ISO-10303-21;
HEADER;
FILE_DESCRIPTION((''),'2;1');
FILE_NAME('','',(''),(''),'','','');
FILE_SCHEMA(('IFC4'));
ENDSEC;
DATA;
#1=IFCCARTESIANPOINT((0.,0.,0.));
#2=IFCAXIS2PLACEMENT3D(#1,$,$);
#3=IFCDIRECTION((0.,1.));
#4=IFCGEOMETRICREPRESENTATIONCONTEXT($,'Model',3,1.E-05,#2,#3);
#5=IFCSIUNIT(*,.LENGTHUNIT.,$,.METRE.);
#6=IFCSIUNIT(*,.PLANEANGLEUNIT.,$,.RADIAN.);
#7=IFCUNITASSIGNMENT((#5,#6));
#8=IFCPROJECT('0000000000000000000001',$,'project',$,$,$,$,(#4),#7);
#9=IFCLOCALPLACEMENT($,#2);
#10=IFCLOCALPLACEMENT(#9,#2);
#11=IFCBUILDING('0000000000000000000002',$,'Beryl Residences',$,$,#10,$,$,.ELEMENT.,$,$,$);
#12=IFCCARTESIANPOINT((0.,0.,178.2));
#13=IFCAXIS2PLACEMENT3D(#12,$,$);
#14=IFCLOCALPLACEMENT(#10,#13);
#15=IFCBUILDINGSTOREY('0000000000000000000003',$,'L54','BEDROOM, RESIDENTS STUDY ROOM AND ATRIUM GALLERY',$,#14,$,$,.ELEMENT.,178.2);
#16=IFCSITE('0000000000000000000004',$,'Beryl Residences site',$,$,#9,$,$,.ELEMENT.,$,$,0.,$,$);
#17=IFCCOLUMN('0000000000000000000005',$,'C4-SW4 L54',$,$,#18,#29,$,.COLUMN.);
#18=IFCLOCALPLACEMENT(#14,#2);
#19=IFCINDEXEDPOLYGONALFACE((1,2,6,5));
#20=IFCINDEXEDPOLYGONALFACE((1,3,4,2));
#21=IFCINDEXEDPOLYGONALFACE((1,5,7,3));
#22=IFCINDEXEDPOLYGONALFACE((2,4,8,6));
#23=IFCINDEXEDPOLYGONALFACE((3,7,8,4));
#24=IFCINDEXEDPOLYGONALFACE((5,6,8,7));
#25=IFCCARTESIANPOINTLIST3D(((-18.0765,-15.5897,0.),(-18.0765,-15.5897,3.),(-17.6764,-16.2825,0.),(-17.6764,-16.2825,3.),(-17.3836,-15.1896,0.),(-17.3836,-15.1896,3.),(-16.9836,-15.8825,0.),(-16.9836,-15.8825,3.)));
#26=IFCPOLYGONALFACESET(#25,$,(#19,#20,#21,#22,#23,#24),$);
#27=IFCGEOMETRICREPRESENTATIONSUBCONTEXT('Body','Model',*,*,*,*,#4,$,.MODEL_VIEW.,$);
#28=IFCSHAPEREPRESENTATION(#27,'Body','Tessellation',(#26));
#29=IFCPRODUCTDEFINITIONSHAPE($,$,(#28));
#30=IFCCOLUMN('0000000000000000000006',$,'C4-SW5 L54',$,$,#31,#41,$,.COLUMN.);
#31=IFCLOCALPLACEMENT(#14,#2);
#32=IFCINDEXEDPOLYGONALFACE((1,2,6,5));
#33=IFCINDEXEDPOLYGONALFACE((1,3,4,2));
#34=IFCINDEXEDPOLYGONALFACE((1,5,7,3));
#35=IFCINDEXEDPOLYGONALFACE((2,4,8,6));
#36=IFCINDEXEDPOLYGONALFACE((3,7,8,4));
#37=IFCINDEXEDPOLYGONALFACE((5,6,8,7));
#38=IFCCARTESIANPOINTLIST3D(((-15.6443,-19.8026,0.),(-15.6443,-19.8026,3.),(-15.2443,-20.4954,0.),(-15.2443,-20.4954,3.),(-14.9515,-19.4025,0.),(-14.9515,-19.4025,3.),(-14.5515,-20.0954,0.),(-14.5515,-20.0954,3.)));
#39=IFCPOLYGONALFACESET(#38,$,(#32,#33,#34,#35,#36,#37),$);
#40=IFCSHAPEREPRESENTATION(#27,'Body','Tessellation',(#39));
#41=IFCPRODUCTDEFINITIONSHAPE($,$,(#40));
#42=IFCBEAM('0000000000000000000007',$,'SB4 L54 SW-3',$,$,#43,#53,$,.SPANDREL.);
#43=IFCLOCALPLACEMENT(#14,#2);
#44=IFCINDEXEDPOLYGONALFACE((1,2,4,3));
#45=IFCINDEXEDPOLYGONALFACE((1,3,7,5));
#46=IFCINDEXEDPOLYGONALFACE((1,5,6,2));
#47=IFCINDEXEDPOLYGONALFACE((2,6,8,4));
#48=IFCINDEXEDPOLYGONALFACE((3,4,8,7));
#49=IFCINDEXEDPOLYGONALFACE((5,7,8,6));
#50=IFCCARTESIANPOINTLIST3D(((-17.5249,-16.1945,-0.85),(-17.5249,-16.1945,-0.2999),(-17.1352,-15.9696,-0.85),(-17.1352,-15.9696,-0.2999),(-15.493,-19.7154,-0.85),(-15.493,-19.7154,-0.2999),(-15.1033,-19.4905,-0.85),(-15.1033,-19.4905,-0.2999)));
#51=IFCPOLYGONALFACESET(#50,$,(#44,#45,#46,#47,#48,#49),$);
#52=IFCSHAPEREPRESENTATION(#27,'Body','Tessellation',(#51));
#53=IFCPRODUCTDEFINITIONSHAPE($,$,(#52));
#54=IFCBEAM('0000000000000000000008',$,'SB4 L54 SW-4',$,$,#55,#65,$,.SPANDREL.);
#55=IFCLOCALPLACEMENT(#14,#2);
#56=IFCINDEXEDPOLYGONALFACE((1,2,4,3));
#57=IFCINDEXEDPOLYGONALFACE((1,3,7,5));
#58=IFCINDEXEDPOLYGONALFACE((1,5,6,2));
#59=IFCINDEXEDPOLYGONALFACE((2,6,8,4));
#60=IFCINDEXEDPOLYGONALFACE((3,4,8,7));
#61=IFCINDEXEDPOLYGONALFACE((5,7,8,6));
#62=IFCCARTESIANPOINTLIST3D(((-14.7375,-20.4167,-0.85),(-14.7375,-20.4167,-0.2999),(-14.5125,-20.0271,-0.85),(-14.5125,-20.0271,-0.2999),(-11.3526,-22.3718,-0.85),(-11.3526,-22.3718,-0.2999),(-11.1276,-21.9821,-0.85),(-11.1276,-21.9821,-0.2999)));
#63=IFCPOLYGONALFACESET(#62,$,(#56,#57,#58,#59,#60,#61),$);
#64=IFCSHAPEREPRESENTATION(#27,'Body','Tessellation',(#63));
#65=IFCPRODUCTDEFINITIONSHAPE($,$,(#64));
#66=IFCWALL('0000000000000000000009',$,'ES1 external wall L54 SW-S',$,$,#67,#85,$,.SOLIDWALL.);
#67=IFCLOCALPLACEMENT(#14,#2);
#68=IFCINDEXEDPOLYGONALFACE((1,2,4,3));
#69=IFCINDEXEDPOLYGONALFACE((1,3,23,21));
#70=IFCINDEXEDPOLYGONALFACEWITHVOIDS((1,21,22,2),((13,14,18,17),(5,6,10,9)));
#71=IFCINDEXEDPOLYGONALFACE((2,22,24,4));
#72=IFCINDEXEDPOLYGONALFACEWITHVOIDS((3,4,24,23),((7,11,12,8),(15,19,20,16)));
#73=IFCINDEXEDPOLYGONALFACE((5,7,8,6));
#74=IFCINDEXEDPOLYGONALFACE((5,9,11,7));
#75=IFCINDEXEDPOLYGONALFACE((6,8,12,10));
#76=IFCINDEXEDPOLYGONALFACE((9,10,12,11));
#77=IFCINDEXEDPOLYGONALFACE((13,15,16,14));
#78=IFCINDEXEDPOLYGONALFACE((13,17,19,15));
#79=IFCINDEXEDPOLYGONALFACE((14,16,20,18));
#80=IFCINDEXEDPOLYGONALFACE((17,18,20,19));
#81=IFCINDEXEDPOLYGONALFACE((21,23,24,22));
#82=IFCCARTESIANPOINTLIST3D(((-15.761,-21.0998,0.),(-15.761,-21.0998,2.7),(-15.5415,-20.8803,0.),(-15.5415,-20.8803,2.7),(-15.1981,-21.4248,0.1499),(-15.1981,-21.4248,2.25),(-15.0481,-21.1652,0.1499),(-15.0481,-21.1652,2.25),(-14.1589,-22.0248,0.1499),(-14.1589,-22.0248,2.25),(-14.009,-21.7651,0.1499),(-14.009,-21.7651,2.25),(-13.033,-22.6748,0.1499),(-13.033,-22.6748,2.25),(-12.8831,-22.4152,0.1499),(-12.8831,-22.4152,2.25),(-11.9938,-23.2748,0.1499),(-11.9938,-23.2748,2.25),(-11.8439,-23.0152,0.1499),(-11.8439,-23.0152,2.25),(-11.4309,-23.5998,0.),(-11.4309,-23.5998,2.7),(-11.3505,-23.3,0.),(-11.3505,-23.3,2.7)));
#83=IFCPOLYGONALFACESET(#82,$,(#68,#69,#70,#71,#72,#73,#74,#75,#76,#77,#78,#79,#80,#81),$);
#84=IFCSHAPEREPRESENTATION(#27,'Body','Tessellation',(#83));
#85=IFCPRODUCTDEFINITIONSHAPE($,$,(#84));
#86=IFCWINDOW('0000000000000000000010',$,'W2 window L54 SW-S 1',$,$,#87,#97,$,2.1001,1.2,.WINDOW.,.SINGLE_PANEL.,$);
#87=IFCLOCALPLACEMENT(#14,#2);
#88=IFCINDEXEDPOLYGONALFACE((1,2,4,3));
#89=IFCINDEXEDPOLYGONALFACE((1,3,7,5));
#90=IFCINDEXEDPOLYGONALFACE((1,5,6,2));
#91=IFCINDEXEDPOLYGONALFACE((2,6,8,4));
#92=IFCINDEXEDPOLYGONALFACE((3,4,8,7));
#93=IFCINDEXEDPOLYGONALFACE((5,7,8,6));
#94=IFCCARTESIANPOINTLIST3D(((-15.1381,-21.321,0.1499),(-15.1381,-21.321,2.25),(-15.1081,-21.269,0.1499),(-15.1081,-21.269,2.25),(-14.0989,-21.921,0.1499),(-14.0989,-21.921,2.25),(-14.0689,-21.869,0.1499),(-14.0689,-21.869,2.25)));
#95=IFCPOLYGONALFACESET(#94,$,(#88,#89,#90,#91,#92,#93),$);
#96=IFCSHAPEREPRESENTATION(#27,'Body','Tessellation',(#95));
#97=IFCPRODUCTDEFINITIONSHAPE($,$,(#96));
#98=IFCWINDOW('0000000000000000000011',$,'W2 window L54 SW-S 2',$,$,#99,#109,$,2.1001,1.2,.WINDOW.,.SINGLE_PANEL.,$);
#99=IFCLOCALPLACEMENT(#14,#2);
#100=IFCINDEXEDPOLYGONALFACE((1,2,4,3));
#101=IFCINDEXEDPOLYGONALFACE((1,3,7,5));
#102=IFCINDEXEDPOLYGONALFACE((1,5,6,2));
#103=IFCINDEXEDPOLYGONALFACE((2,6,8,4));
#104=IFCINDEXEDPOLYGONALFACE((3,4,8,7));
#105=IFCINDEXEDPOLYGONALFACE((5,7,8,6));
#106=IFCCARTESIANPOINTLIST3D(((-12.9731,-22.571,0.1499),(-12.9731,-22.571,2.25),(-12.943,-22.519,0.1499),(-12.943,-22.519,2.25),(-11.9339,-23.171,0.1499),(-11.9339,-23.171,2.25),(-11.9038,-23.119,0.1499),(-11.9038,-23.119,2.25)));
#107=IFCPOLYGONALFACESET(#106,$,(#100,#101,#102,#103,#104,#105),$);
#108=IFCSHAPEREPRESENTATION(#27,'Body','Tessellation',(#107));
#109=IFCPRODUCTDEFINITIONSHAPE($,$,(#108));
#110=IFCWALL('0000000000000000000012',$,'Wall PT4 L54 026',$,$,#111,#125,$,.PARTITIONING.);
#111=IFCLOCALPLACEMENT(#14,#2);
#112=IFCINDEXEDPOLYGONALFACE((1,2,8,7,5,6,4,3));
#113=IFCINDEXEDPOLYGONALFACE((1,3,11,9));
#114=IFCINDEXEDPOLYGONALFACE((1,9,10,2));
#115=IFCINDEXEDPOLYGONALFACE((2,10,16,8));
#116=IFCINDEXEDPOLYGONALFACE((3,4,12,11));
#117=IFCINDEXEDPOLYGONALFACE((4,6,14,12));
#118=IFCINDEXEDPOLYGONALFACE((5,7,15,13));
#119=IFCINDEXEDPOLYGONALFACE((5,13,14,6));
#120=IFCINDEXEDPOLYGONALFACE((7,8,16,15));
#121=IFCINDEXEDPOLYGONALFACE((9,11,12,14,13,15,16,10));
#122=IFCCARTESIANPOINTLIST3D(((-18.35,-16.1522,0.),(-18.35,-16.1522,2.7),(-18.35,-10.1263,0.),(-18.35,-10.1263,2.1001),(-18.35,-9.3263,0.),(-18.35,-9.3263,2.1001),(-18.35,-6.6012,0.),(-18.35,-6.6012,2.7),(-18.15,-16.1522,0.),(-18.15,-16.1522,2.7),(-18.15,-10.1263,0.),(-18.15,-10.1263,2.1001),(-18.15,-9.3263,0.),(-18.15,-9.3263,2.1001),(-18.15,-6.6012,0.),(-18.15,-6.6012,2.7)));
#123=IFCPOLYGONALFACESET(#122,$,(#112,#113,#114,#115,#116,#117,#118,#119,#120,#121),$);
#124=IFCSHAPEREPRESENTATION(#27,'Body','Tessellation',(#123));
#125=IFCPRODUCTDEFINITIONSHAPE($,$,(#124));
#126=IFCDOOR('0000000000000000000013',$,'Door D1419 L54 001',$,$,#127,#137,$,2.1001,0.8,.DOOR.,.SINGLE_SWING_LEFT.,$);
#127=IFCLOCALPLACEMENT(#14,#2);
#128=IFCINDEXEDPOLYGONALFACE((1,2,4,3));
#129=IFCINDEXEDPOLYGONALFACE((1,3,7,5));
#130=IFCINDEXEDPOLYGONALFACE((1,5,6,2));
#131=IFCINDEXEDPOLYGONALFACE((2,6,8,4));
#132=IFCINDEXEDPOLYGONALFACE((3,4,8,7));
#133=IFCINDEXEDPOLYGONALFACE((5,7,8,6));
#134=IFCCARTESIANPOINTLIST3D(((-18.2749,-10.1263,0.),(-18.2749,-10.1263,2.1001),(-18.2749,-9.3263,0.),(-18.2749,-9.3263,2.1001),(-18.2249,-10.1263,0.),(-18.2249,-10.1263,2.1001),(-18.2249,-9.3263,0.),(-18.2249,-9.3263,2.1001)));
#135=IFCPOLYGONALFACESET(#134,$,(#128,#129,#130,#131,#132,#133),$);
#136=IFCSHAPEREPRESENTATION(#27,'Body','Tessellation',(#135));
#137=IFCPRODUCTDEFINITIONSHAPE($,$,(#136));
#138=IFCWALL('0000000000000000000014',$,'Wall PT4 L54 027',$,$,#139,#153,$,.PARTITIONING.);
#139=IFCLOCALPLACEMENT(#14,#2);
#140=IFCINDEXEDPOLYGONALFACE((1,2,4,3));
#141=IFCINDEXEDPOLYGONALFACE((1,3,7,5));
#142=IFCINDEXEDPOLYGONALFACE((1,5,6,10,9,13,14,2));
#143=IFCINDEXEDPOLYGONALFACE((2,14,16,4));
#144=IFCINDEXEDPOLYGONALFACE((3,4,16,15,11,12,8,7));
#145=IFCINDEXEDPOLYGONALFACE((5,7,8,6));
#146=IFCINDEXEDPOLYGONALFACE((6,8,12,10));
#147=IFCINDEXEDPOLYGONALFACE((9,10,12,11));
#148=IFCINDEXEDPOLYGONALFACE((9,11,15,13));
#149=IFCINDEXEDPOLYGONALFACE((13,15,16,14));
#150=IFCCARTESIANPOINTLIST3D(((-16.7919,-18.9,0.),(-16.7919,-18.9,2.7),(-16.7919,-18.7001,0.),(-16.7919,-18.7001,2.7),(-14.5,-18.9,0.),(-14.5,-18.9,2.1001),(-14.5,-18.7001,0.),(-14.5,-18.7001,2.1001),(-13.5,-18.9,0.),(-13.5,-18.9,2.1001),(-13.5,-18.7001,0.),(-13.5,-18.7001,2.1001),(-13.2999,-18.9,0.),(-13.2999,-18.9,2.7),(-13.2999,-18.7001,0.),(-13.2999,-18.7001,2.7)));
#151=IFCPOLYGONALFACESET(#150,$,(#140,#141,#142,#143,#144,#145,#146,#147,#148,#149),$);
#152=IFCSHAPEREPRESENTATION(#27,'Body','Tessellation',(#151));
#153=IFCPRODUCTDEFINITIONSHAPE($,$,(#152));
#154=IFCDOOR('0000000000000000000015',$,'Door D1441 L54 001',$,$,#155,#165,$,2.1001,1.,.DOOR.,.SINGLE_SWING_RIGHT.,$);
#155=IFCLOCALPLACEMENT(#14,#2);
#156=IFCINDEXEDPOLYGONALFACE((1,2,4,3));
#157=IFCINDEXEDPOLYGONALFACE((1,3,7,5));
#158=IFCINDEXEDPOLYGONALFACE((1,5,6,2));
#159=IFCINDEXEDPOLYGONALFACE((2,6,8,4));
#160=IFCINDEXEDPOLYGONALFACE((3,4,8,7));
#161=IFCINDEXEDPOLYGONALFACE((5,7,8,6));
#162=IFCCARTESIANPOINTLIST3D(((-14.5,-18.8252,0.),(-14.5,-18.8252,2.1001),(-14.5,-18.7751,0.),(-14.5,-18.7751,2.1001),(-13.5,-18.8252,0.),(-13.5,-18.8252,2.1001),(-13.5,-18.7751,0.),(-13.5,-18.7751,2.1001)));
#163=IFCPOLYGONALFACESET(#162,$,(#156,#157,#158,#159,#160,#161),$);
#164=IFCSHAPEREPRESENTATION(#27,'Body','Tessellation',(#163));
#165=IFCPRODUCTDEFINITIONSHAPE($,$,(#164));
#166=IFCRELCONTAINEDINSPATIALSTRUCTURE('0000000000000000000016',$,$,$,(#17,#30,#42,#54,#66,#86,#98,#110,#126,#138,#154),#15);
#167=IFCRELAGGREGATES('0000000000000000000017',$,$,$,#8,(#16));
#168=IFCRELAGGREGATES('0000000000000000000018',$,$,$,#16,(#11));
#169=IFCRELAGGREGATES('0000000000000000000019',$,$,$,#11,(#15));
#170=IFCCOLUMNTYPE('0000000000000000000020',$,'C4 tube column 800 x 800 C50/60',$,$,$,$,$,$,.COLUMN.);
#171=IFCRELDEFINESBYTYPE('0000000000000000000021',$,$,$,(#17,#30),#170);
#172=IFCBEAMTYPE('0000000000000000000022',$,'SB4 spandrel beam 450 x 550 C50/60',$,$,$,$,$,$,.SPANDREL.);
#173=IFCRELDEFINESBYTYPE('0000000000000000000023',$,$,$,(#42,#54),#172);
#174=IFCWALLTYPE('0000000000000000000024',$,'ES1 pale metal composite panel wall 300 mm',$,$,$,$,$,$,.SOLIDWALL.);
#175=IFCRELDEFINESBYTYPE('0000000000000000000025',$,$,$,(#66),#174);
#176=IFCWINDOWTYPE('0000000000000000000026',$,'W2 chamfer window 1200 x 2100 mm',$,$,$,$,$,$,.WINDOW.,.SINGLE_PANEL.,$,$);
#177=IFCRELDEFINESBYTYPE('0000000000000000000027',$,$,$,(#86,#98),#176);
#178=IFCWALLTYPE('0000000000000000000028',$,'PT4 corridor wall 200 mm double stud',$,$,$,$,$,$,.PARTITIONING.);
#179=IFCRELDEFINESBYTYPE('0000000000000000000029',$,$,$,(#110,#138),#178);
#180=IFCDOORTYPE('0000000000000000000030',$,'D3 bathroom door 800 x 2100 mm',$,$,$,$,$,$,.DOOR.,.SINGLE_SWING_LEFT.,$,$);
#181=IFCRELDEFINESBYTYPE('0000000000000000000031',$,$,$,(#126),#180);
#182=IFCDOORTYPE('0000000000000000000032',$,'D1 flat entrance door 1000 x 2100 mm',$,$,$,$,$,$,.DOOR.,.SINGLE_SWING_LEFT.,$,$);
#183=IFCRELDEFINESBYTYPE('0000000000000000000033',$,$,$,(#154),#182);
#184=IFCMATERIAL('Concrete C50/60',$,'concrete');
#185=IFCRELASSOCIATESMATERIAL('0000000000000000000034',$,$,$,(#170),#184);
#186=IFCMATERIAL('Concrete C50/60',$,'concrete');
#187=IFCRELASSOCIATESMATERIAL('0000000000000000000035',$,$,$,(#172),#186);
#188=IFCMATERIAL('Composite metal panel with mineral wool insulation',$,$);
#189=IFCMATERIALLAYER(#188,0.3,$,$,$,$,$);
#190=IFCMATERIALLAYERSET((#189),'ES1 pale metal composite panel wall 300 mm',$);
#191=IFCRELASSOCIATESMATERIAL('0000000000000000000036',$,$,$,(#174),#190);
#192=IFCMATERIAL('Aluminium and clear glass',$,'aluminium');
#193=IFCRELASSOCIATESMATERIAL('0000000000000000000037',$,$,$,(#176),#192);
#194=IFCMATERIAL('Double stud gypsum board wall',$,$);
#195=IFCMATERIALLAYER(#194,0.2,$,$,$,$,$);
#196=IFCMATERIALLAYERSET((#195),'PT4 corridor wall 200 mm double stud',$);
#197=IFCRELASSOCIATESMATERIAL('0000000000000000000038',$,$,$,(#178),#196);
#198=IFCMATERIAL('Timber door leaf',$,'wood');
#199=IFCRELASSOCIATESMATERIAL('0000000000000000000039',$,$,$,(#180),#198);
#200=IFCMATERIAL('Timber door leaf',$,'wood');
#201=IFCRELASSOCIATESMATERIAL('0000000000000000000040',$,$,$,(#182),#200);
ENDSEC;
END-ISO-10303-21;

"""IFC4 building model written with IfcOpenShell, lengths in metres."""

from ifc_helpers import new_model, si_unit, direction, frame, frame_2d, origin, origin_2d, place, context, subcontext, project, spatial, polyline, rectangle, outline, extrude, material, layer, layer_set, material_profile, profile_set, type_object, element, fill, save


model = new_model("IFC4")

# Units and contexts
model_context = context("Model", 3, precision=1e-05, world=origin(), true_north=direction((0.0, 1.0)))
body_context = subcontext(model_context, "Body", "Model", "MODEL_VIEW")
ifc_project = project(units=[si_unit("LENGTHUNIT", "METRE"), si_unit("PLANEANGLEUNIT", "RADIAN")], contexts=[model_context])

# Site, building, storey
site_placement = place(None, origin())
site = spatial("IfcSite", under=ifc_project, at=site_placement, Name="Beryl Residences site", CompositionType="ELEMENT", RefElevation=0.0)
building_placement = place(site_placement, origin())
building = spatial("IfcBuilding", under=site, at=building_placement, Name="Beryl Residences", CompositionType="ELEMENT")
storey_placement = place(building_placement, frame((0.0, 0.0, 178.2)))
storey = spatial("IfcBuildingStorey", under=building, at=storey_placement, Name="L54", Description="BEDROOM, RESIDENTS STUDY ROOM AND ATRIUM GALLERY", CompositionType="ELEMENT", Elevation=178.2)

# Columns
ifc_material_1 = material(Name="Concrete C50/60", Category="concrete")
ifc_material_profile_1 = material_profile(ifc_material_1, rectangle(XDim=0.8, YDim=0.8, at=origin_2d()))
ifc_profile_set_1 = profile_set([ifc_material_profile_1], Name="Concrete C50/60")
column_type = type_object("IfcColumnType", Name="C4 tube column 800 x 800 C50/60", PredefinedType="COLUMN", material=ifc_profile_set_1)
for number, where, z_axis, x_axis, name in (
    (1, (-17.53, -15.7361, 0.0), (0.0, 0.0, 1.0), (0.5, -0.866025, 0.0), "C4-SW4 L54"),
    (2, (-15.0979, -19.949, 0.0), (0.0, 0.0, 1.0), (0.5, -0.866025, 0.0), "C4-SW5 L54"),
):
    element("IfcColumn", number, at=place(storey_placement, frame(where, z_axis=z_axis, x_axis=x_axis)), inside=storey, type_object=column_type, Name=name, PredefinedType="COLUMN", context=body_context, shape_type="SweptSolid", body=[
        extrude(rectangle(XDim=0.8, YDim=0.8, at=origin_2d()), origin(), (0.0, 0.0, 1.0), 3.0),
    ])

# Beams
ifc_material_2 = material(Name="Concrete C50/60", Category="concrete")
ifc_material_profile_2 = material_profile(ifc_material_2, rectangle(XDim=0.45, YDim=0.55, at=origin_2d()))
ifc_profile_set_2 = profile_set([ifc_material_profile_2], Name="Concrete C50/60")
beam_type = type_object("IfcBeamType", Name="SB4 spandrel beam 450 x 550 C50/60", PredefinedType="SPANDREL", material=ifc_profile_set_2)
beam_1_placement = place(storey_placement, frame((-17.3301, -16.082, -0.575), z_axis=(0.49984, -0.866118, 0.0), x_axis=(0.866118, 0.49984, 0.0)))
element("IfcBeam", 3, at=beam_1_placement, inside=storey, type_object=beam_type, Name="SB4 L54 SW-3", PredefinedType="SPANDREL", context=body_context, shape_type="SweptSolid", body=[
    extrude(rectangle(XDim=0.45, YDim=0.55, at=origin_2d()), origin(), (0.0, 0.0, 1.0), 4.0652),
])
beam_2_placement = place(storey_placement, frame((-14.625, -20.2219, -0.575), z_axis=(0.865943, -0.500142, 0.0), x_axis=(0.500142, 0.865943, 0.0)))
element("IfcBeam", 4, at=beam_2_placement, inside=storey, type_object=beam_type, Name="SB4 L54 SW-4", PredefinedType="SPANDREL", context=body_context, shape_type="SweptSolid", body=[
    extrude(rectangle(XDim=0.45, YDim=0.55, at=origin_2d()), origin(), (0.0, 0.0, 1.0), 3.9089),
])

# Wall, openings, windows
ifc_material_3 = material(Name="Composite metal panel with mineral wool insulation")
ifc_layer_1 = layer(ifc_material_3, 0.3)
ifc_layer_set_1 = layer_set([ifc_layer_1], Name="ES1 pale metal composite panel wall 300 mm")
wall_type_1 = type_object("IfcWallType", Name="ES1 pale metal composite panel wall 300 mm", PredefinedType="SOLIDWALL", material=ifc_layer_set_1)
wall_1_placement = place(storey_placement, frame((-15.686, -20.97, 0.0), z_axis=(0.0, 0.0, 1.0), x_axis=(0.866023, -0.500004, 0.0)))
wall_1 = element("IfcWall", 5, at=wall_1_placement, inside=storey, type_object=wall_type_1, Name="ES1 external wall L54 SW-S", PredefinedType="SOLIDWALL", context=body_context, shape_type="SweptSolid", body=[
    extrude(outline(polyline([(0.0, -0.1499), (5.0, -0.1499), (4.9197, 0.1499), (0.0803, 0.1499), (0.0, -0.1499)])), origin(), (0.0, 0.0, 1.0), 2.7),
])
opening_1_placement = place(wall_1_placement, frame((0.6499, 0.0, 0.1499)))
opening_1 = element("IfcOpeningElement", 6, at=opening_1_placement, cuts=wall_1, PredefinedType="OPENING", context=body_context, shape_type="SweptSolid", body=[
    extrude(rectangle(XDim=1.2, YDim=2.1001, at=frame_2d((0.6001, 1.05))), frame((0.0, 0.1599, 0.0), z_axis=(0.0, -1.0, 0.0), x_axis=(1.0, 0.0, 0.0)), (0.0, 0.0, 1.0), 0.3201),
])
opening_2_placement = place(wall_1_placement, frame((3.1499, 0.0, 0.1499)))
opening_2 = element("IfcOpeningElement", 7, at=opening_2_placement, cuts=wall_1, PredefinedType="OPENING", context=body_context, shape_type="SweptSolid", body=[
    extrude(rectangle(XDim=1.2, YDim=2.1001, at=frame_2d((0.6001, 1.05))), frame((0.0, 0.1599, 0.0), z_axis=(0.0, -1.0, 0.0), x_axis=(1.0, 0.0, 0.0)), (0.0, 0.0, 1.0), 0.3201),
])
ifc_material_4 = material(Name="Aluminium and clear glass", Category="aluminium")
window_type = type_object("IfcWindowType", Name="W2 chamfer window 1200 x 2100 mm", PartitioningType="SINGLE_PANEL", PredefinedType="WINDOW", material=ifc_material_4)
window_1_placement = place(opening_1_placement, origin())
window_1 = element("IfcWindow", 8, at=window_1_placement, inside=storey, type_object=window_type, Name="W2 window L54 SW-S 1", OverallHeight=2.1001, OverallWidth=1.2, PartitioningType="SINGLE_PANEL", PredefinedType="WINDOW", context=body_context, shape_type="SweptSolid", body=[
    extrude(rectangle(XDim=1.2, YDim=2.1001, at=frame_2d((0.6001, 1.05))), frame((0.0, 0.03, 0.0), z_axis=(0.0, -1.0, 0.0), x_axis=(1.0, 0.0, 0.0)), (0.0, 0.0, 1.0), 0.0601),
])
fill(opening_1, window_1)
window_2_placement = place(opening_2_placement, origin())
window_2 = element("IfcWindow", 9, at=window_2_placement, inside=storey, type_object=window_type, Name="W2 window L54 SW-S 2", OverallHeight=2.1001, OverallWidth=1.2, PartitioningType="SINGLE_PANEL", PredefinedType="WINDOW", context=body_context, shape_type="SweptSolid", body=[
    extrude(rectangle(XDim=1.2, YDim=2.1001, at=frame_2d((0.6001, 1.05))), frame((0.0, 0.03, 0.0), z_axis=(0.0, -1.0, 0.0), x_axis=(1.0, 0.0, 0.0)), (0.0, 0.0, 1.0), 0.0601),
])
fill(opening_2, window_2)

# Walls, openings, doors
ifc_material_5 = material(Name="Double stud gypsum board wall")
ifc_layer_2 = layer(ifc_material_5, 0.2)
ifc_layer_set_2 = layer_set([ifc_layer_2], Name="PT4 corridor wall 200 mm double stud")
wall_type_2 = type_object("IfcWallType", Name="PT4 corridor wall 200 mm double stud", PredefinedType="PARTITIONING", material=ifc_layer_set_2)
wall_2_placement = place(storey_placement, frame((-18.25, -16.1521, 0.0), z_axis=(0.0, 0.0, 1.0), x_axis=(0.0, 1.0, 0.0)))
wall_2 = element("IfcWall", 10, at=wall_2_placement, inside=storey, type_object=wall_type_2, Name="Wall PT4 L54 026", PredefinedType="PARTITIONING", context=body_context, shape_type="SweptSolid", body=[
    extrude(rectangle(XDim=9.551, YDim=0.2, at=frame_2d((4.7754, 0.0))), origin(), (0.0, 0.0, 1.0), 2.7),
])
opening_3_placement = place(wall_2_placement, frame((6.0259, 0.0, 0.0)))
opening_3 = element("IfcOpeningElement", 11, at=opening_3_placement, cuts=wall_2, PredefinedType="OPENING", context=body_context, shape_type="SweptSolid", body=[
    extrude(rectangle(XDim=0.8, YDim=2.1001, at=frame_2d((0.3999, 1.05))), frame((0.0, 0.1099, 0.0), z_axis=(0.0, -1.0, 0.0), x_axis=(1.0, 0.0, 0.0)), (0.0, 0.0, 1.0), 0.22),
])
ifc_material_6 = material(Name="Timber door leaf", Category="wood")
door_type_1 = type_object("IfcDoorType", Name="D3 bathroom door 800 x 2100 mm", OperationType="SINGLE_SWING_LEFT", PredefinedType="DOOR", material=ifc_material_6)
door_1_placement = place(opening_3_placement, origin())
door_1 = element("IfcDoor", 12, at=door_1_placement, inside=storey, type_object=door_type_1, Name="Door D1419 L54 001", OperationType="SINGLE_SWING_LEFT", OverallHeight=2.1001, OverallWidth=0.8, PredefinedType="DOOR", context=body_context, shape_type="SweptSolid", body=[
    extrude(rectangle(XDim=0.8, YDim=2.1001, at=frame_2d((0.3999, 1.05))), frame((0.0, 0.0249, 0.0), z_axis=(0.0, -1.0, 0.0), x_axis=(1.0, 0.0, 0.0)), (0.0, 0.0, 1.0), 0.05),
])
fill(opening_3, door_1)
wall_3_placement = place(storey_placement, frame((-16.792, -18.8, 0.0), z_axis=(0.0, 0.0, 1.0), x_axis=(1.0, 0.0, 0.0)))
wall_3 = element("IfcWall", 13, at=wall_3_placement, inside=storey, type_object=wall_type_2, Name="Wall PT4 L54 027", PredefinedType="PARTITIONING", context=body_context, shape_type="SweptSolid", body=[
    extrude(rectangle(XDim=3.4919, YDim=0.2, at=frame_2d((1.7461, 0.0))), origin(), (0.0, 0.0, 1.0), 2.7),
])
opening_4_placement = place(wall_3_placement, frame((2.292, 0.0, 0.0)))
opening_4 = element("IfcOpeningElement", 14, at=opening_4_placement, cuts=wall_3, PredefinedType="OPENING", context=body_context, shape_type="SweptSolid", body=[
    extrude(rectangle(XDim=1.0, YDim=2.1001, at=frame_2d((0.5, 1.05))), frame((0.0, 0.1099, 0.0), z_axis=(0.0, -1.0, 0.0), x_axis=(1.0, 0.0, 0.0)), (0.0, 0.0, 1.0), 0.22),
])
ifc_material_7 = material(Name="Timber door leaf", Category="wood")
door_type_2 = type_object("IfcDoorType", Name="D1 flat entrance door 1000 x 2100 mm", OperationType="SINGLE_SWING_LEFT", PredefinedType="DOOR", material=ifc_material_7)
door_2_placement = place(opening_4_placement, origin())
door_2 = element("IfcDoor", 15, at=door_2_placement, inside=storey, type_object=door_type_2, Name="Door D1441 L54 001", OperationType="SINGLE_SWING_RIGHT", OverallHeight=2.1001, OverallWidth=1.0, PredefinedType="DOOR", context=body_context, shape_type="SweptSolid", body=[
    extrude(rectangle(XDim=1.0, YDim=2.1001, at=frame_2d((0.5, 1.05))), frame((0.0, 0.0249, 0.0), z_axis=(0.0, -1.0, 0.0), x_axis=(1.0, 0.0, 0.0)), (0.0, 0.0, 1.0), 0.05),
])
fill(opening_4, door_2)

save(model, "model.ifc")
